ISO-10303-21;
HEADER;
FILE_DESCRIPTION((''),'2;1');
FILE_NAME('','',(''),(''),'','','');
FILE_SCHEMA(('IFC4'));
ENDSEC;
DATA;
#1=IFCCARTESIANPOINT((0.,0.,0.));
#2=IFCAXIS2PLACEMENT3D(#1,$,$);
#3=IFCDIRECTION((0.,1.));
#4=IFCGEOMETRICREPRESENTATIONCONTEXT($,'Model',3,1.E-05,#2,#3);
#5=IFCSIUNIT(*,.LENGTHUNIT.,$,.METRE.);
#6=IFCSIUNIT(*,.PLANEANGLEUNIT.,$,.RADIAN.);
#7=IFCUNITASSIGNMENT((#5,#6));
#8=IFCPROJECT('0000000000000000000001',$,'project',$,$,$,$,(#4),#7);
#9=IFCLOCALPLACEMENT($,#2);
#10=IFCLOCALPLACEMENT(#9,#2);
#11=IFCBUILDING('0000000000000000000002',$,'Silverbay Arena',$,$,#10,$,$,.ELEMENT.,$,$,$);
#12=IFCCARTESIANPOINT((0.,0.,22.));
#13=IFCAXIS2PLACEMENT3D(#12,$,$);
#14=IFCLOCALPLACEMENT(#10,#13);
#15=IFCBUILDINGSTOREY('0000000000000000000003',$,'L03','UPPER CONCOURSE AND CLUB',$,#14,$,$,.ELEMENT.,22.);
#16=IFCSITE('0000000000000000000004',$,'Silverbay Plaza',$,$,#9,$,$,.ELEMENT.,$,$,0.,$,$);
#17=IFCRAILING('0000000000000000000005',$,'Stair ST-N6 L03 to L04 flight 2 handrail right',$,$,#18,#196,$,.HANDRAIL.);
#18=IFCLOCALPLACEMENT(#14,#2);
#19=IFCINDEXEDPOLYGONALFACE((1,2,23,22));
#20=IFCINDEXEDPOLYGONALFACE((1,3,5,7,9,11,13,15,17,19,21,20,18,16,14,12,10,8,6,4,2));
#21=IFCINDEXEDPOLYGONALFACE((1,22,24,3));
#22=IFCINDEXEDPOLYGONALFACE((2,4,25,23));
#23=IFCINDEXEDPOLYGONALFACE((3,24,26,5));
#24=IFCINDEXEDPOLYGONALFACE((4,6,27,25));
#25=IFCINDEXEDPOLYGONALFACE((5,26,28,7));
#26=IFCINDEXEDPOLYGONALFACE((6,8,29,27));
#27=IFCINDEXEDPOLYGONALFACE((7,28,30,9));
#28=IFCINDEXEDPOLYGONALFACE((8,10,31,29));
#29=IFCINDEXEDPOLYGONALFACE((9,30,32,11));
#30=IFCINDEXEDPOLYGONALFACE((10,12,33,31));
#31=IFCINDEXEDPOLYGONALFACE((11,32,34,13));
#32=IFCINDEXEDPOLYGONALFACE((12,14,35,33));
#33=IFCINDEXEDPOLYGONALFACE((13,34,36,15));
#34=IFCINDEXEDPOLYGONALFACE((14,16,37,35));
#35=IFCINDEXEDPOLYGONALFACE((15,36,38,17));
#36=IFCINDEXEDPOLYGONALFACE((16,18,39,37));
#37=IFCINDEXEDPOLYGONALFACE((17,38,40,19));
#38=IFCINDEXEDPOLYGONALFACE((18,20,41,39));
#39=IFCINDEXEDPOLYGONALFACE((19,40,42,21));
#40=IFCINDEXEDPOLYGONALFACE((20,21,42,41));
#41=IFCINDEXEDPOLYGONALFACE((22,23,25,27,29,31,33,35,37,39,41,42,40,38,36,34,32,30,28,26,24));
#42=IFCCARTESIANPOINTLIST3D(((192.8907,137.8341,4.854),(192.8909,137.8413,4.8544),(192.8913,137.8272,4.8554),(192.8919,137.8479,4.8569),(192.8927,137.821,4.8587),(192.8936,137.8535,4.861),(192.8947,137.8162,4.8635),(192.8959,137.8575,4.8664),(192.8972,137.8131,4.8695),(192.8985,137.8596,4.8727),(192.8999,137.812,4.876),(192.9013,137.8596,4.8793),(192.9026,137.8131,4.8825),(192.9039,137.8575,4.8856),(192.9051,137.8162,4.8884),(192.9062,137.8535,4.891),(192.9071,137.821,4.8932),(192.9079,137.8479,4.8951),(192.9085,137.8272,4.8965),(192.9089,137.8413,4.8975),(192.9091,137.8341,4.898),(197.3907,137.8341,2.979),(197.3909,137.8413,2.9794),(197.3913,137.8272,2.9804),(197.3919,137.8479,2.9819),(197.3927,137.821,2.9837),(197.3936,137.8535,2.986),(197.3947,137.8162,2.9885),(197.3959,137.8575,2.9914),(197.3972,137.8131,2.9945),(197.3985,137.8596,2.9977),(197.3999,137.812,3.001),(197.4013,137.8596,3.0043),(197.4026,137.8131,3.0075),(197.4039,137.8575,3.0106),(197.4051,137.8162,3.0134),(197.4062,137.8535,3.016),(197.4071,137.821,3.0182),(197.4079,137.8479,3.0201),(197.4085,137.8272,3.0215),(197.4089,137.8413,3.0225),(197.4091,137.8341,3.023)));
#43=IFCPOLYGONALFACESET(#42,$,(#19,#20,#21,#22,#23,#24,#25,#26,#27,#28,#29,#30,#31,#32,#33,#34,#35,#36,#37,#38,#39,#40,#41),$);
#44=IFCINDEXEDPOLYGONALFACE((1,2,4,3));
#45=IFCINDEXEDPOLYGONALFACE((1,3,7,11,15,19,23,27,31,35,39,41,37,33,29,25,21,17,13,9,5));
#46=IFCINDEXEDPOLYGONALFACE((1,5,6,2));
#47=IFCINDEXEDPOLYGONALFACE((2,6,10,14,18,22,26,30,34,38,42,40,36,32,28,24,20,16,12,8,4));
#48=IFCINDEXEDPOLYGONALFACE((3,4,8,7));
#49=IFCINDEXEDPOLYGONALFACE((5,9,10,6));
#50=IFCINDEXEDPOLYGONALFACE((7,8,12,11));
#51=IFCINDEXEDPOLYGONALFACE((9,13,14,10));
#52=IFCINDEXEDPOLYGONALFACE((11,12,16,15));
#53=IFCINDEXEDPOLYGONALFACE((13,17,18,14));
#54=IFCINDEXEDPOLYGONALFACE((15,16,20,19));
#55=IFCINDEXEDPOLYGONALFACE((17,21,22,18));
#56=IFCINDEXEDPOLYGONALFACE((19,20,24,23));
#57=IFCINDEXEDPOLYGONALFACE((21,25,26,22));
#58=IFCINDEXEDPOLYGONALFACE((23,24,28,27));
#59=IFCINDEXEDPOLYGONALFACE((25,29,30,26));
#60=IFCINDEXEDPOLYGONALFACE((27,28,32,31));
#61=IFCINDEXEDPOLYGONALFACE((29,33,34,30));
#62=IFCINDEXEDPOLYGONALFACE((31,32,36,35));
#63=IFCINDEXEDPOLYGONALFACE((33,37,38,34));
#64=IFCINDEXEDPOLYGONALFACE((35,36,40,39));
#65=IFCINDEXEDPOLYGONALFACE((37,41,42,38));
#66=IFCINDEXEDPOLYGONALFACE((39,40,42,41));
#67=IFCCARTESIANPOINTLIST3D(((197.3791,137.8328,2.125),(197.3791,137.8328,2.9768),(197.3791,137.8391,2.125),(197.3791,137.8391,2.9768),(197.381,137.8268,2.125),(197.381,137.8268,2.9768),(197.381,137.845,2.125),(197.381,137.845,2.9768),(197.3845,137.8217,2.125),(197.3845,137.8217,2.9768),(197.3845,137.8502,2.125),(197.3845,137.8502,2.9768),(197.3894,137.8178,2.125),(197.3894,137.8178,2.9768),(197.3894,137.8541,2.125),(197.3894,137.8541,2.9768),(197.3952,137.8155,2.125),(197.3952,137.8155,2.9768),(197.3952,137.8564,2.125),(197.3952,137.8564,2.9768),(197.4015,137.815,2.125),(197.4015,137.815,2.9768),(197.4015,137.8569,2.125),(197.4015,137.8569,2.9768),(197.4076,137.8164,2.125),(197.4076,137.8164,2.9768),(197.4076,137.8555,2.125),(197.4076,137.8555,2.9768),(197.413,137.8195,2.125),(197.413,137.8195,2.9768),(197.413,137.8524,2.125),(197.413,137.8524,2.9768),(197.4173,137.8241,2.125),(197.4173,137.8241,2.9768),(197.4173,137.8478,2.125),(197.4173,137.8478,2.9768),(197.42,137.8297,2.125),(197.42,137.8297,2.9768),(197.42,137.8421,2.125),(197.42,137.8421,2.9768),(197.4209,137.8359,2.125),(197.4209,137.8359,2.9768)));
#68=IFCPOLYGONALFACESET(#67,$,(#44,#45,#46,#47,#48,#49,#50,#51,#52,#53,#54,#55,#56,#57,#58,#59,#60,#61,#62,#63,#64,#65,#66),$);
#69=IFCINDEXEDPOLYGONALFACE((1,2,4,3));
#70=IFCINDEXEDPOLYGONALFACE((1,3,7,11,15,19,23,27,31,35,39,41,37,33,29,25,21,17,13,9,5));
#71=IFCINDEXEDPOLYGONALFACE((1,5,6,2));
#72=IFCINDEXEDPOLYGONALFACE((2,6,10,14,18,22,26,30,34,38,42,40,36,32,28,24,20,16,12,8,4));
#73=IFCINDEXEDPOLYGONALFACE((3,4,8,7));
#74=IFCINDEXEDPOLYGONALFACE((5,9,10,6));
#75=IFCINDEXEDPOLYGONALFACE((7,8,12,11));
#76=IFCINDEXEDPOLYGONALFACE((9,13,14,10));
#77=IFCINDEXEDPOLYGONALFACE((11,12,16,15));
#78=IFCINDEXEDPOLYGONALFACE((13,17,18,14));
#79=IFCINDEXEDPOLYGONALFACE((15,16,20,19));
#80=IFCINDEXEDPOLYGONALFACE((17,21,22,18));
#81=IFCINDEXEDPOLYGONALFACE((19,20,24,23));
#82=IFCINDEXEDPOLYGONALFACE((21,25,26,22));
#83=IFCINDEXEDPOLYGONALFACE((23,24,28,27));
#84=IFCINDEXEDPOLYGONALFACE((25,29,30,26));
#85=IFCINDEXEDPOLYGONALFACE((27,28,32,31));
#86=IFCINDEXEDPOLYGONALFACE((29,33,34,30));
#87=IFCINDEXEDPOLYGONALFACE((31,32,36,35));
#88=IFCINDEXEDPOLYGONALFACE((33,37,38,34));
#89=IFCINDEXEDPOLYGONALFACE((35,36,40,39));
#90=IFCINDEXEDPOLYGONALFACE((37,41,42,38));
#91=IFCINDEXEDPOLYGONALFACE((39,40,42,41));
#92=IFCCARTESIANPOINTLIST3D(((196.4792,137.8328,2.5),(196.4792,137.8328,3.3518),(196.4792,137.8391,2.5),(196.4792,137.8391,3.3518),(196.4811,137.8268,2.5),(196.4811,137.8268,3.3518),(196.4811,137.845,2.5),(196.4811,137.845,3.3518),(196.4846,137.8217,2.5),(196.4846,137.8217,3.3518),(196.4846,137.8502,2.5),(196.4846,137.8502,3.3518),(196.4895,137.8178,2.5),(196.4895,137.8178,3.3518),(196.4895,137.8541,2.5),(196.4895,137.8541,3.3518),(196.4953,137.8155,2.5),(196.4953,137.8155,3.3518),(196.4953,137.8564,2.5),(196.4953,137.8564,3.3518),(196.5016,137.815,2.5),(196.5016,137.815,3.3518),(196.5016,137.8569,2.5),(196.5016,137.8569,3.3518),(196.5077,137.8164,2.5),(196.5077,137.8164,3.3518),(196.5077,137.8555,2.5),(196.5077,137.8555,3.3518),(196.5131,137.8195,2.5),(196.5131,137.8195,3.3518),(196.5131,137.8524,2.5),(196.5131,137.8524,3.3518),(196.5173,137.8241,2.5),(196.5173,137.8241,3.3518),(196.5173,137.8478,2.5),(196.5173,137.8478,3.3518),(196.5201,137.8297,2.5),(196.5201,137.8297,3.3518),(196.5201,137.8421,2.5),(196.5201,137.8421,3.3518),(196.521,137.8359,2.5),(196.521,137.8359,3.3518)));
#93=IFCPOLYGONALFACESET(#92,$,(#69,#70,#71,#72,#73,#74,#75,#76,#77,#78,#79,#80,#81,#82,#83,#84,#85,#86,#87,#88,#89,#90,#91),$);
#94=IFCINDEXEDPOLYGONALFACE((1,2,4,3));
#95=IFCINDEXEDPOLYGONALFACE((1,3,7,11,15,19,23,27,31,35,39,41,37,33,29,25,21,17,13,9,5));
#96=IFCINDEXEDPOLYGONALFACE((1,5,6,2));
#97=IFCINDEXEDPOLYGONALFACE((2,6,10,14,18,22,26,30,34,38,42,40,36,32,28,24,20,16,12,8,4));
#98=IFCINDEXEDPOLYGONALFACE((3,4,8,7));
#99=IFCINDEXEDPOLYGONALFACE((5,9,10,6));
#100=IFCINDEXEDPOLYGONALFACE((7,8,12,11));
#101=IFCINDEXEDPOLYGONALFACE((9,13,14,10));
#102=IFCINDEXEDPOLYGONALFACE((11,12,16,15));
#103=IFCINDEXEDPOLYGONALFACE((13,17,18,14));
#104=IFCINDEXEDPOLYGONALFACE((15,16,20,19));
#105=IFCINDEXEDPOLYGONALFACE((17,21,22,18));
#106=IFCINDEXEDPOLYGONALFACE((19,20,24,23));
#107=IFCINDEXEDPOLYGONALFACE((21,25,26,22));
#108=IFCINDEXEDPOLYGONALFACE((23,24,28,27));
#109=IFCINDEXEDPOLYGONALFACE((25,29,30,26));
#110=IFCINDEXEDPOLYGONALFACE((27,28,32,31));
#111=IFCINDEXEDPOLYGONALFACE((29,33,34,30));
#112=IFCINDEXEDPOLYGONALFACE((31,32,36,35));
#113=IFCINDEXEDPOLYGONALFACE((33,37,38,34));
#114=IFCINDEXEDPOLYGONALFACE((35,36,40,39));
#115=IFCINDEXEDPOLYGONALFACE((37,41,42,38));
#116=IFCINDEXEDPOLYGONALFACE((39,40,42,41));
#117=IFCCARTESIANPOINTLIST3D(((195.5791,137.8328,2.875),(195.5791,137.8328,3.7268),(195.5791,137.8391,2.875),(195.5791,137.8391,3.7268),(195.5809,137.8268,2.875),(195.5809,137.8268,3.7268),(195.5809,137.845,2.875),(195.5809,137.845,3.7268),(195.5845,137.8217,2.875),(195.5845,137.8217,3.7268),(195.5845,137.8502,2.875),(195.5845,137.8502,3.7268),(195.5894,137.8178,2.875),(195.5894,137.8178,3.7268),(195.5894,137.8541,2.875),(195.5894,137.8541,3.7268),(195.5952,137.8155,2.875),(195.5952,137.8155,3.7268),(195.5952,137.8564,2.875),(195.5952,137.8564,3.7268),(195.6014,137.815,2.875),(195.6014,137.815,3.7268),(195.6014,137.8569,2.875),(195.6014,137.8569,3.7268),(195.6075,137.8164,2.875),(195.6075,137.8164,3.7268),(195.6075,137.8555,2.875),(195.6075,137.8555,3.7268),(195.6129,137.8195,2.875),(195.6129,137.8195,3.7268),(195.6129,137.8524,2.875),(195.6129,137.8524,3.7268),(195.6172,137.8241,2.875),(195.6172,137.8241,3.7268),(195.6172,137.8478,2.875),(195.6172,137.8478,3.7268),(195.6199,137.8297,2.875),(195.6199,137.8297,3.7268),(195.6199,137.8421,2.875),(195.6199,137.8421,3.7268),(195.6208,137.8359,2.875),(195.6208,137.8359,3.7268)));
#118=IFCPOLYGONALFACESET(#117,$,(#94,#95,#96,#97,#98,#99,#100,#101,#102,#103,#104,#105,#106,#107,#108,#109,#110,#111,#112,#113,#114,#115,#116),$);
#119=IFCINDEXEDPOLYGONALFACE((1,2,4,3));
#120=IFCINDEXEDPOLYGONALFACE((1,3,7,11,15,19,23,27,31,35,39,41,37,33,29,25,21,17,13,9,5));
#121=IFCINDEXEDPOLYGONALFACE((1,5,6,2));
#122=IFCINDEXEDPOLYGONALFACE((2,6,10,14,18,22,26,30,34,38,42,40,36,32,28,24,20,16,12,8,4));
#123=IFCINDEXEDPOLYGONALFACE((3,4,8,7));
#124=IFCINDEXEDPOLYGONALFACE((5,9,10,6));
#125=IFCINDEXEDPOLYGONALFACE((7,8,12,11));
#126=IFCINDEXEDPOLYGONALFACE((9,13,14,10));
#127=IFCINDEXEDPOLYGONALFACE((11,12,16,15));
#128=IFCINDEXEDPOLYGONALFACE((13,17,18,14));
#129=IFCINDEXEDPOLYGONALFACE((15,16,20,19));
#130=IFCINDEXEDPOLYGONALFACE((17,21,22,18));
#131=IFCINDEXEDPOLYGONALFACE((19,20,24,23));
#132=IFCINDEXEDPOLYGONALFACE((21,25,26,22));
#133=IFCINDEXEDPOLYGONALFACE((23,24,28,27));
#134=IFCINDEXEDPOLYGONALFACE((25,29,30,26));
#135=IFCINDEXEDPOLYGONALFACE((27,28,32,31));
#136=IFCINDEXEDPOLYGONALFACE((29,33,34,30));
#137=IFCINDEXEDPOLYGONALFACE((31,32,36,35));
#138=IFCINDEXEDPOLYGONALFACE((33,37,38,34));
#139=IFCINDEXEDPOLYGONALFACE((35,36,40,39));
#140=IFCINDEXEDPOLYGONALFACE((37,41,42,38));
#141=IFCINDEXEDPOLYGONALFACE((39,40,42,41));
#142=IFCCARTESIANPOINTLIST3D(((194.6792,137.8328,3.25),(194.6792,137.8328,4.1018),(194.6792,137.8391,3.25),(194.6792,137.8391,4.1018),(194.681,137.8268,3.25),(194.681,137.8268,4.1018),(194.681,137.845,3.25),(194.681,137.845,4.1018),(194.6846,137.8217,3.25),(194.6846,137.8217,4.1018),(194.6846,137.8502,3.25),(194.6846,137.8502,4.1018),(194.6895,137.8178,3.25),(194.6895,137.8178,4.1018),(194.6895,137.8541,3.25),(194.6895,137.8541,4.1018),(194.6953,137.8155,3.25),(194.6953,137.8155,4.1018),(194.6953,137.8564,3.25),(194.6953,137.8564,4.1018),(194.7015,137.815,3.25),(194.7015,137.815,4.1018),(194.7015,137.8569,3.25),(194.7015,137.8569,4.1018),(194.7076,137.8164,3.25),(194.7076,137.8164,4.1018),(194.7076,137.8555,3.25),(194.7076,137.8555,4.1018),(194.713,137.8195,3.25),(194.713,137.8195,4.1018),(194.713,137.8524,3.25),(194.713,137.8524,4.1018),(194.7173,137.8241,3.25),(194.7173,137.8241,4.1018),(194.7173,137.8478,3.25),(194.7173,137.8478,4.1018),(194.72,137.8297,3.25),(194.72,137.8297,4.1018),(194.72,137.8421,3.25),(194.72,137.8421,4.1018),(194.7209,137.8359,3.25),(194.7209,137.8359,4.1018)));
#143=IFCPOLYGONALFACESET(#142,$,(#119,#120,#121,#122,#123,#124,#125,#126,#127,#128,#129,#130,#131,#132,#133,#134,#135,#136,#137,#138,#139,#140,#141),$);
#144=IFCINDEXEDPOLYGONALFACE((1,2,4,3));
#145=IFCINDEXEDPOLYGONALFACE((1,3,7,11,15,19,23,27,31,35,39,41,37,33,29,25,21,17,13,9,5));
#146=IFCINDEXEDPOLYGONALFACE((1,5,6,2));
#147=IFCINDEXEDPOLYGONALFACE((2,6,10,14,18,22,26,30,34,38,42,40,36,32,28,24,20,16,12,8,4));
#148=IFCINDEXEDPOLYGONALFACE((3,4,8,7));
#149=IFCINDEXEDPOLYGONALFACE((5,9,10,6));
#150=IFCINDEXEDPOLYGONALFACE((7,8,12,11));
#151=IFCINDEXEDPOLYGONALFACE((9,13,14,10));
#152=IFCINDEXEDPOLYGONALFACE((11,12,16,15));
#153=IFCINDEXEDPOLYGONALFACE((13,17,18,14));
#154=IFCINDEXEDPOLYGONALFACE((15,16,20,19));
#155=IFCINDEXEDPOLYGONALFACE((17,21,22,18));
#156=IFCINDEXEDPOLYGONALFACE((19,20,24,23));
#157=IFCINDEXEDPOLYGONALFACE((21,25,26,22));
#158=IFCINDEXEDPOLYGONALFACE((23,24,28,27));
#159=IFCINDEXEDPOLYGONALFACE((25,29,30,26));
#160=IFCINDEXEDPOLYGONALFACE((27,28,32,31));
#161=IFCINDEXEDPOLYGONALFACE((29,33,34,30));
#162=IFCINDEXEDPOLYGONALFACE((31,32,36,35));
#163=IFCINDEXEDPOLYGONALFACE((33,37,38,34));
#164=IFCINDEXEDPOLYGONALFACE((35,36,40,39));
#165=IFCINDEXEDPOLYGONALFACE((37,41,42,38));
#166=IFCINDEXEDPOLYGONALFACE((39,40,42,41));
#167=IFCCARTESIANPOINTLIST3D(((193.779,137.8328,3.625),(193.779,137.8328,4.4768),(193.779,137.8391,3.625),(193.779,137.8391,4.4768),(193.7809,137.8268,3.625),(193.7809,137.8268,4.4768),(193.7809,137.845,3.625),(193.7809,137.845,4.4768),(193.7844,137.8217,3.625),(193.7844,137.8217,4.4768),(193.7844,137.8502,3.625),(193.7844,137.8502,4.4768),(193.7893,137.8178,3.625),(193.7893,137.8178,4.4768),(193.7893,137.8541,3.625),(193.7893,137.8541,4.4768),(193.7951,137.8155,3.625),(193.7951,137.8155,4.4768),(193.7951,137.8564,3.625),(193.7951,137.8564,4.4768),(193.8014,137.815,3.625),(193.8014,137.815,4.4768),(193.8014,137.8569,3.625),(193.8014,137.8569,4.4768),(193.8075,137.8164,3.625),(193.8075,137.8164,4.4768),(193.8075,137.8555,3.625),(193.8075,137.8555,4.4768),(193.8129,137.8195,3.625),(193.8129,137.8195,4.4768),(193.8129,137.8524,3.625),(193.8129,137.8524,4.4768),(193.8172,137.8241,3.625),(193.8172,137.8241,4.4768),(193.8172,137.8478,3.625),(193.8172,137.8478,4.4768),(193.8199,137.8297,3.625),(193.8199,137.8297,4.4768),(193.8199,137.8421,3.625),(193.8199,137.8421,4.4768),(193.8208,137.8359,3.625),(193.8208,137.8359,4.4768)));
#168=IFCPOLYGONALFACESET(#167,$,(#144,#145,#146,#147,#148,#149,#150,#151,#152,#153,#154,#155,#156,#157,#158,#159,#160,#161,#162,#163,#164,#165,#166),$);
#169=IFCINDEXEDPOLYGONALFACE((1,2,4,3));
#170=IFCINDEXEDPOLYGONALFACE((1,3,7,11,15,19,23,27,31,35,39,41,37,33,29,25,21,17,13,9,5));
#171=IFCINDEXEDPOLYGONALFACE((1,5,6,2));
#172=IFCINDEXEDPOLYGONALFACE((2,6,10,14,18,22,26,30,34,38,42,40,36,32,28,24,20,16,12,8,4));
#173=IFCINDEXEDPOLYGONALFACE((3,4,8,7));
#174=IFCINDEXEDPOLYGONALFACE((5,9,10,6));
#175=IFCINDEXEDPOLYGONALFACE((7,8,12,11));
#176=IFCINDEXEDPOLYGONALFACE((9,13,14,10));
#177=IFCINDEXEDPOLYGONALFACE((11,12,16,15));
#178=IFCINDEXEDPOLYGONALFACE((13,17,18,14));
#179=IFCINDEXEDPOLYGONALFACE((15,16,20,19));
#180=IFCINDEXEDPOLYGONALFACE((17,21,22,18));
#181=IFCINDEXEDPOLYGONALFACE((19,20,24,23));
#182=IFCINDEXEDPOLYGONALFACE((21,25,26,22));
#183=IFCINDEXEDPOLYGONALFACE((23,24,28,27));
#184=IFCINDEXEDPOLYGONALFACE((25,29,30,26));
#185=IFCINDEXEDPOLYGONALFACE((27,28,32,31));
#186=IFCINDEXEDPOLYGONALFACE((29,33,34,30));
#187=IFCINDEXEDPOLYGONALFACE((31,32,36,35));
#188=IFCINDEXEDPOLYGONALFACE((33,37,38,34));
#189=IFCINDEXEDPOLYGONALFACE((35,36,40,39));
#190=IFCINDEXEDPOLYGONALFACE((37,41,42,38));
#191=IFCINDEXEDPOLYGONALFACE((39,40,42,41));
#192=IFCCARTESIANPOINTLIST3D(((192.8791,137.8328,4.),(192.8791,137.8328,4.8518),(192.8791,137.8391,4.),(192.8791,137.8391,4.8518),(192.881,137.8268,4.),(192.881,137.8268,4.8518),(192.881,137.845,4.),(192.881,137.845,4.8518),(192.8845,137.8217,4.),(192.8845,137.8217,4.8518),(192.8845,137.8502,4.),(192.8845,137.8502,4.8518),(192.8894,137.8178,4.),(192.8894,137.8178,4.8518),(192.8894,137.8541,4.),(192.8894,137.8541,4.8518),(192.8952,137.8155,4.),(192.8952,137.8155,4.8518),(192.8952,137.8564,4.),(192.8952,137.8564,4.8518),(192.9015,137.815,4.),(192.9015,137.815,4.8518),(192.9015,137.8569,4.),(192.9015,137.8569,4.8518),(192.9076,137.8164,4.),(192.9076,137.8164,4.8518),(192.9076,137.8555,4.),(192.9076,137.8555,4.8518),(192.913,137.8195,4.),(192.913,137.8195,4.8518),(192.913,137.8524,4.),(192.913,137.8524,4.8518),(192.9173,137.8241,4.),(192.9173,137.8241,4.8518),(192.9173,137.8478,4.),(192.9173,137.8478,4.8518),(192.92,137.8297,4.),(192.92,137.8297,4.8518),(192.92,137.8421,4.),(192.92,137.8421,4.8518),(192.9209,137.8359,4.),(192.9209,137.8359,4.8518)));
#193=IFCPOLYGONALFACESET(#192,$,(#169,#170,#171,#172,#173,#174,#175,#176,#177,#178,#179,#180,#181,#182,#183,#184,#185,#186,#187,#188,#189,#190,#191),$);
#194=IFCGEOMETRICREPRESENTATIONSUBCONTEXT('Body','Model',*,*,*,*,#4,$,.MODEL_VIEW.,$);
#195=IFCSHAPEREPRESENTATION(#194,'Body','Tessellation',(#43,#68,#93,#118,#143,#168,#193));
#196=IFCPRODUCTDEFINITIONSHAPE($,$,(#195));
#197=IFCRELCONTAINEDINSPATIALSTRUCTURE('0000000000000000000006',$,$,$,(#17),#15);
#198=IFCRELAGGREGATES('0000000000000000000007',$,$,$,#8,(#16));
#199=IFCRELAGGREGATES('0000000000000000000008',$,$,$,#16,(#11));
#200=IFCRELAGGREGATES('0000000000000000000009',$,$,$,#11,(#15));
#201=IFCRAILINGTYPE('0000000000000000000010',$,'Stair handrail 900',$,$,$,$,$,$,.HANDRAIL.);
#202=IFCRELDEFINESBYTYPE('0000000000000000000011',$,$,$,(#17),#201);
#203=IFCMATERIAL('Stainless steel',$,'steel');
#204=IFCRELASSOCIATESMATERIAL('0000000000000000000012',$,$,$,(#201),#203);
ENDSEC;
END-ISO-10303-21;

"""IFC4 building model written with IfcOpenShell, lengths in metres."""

from ifc_helpers import new_model, si_unit, direction, frame, origin, origin_2d, place, context, subcontext, project, spatial, circle, extrude, material, type_object, element, save


model = new_model("IFC4")

# Units and contexts
model_context = context("Model", 3, precision=1e-05, world=origin(), true_north=direction((0.0, 1.0)))
body_context = subcontext(model_context, "Body", "Model", "MODEL_VIEW")
ifc_project = project(units=[si_unit("LENGTHUNIT", "METRE"), si_unit("PLANEANGLEUNIT", "RADIAN")], contexts=[model_context])

# Site, building, storey
site_placement = place(None, origin())
site = spatial("IfcSite", under=ifc_project, at=site_placement, Name="Silverbay Plaza", CompositionType="ELEMENT", RefElevation=0.0)
building_placement = place(site_placement, origin())
building = spatial("IfcBuilding", under=site, at=building_placement, Name="Silverbay Arena", CompositionType="ELEMENT")
storey_placement = place(building_placement, frame((0.0, 0.0, 22.0)))
storey = spatial("IfcBuildingStorey", under=building, at=storey_placement, Name="L03", Description="UPPER CONCOURSE AND CLUB", CompositionType="ELEMENT", Elevation=22.0)

# Railing
ifc_material_1 = material(Name="Stainless steel", Category="steel")
railing_type_1 = type_object("IfcRailingType", Name="Stair handrail 900", PredefinedType="HANDRAIL", material=ifc_material_1)
railing_1_placement = place(storey_placement, frame((197.3999, 137.8359, 2.125)))
element("IfcRailing", 1, at=railing_1_placement, inside=storey, type_object=railing_type_1, Name="Stair ST-N6 L03 to L04 flight 2 handrail right", PredefinedType="HANDRAIL", context=body_context, shape_type="SweptSolid", body=[
    extrude(circle(Radius=0.0239, at=origin_2d()), frame((0.0, 0.0, 0.876), z_axis=(-0.923077, 0.0, 0.384615), x_axis=(0.0, -1.0, 0.0)), (0.0, 0.0, 1.0), 4.875),
    extrude(circle(Radius=0.021, at=origin_2d()), origin(), (0.0, 0.0, 1.0), 0.8518),
    extrude(circle(Radius=0.021, at=origin_2d()), frame((-0.8999, 0.0, 0.375)), (0.0, 0.0, 1.0), 0.8518),
    extrude(circle(Radius=0.021, at=origin_2d()), frame((-1.8, 0.0, 0.75)), (0.0, 0.0, 1.0), 0.8518),
    extrude(circle(Radius=0.021, at=origin_2d()), frame((-2.7, 0.0, 1.125)), (0.0, 0.0, 1.0), 0.8518),
    extrude(circle(Radius=0.021, at=origin_2d()), frame((-3.6001, 0.0, 1.5)), (0.0, 0.0, 1.0), 0.8518),
    extrude(circle(Radius=0.021, at=origin_2d()), frame((-4.5, 0.0, 1.875)), (0.0, 0.0, 1.0), 0.8518),
])

save(model, "model.ifc")
